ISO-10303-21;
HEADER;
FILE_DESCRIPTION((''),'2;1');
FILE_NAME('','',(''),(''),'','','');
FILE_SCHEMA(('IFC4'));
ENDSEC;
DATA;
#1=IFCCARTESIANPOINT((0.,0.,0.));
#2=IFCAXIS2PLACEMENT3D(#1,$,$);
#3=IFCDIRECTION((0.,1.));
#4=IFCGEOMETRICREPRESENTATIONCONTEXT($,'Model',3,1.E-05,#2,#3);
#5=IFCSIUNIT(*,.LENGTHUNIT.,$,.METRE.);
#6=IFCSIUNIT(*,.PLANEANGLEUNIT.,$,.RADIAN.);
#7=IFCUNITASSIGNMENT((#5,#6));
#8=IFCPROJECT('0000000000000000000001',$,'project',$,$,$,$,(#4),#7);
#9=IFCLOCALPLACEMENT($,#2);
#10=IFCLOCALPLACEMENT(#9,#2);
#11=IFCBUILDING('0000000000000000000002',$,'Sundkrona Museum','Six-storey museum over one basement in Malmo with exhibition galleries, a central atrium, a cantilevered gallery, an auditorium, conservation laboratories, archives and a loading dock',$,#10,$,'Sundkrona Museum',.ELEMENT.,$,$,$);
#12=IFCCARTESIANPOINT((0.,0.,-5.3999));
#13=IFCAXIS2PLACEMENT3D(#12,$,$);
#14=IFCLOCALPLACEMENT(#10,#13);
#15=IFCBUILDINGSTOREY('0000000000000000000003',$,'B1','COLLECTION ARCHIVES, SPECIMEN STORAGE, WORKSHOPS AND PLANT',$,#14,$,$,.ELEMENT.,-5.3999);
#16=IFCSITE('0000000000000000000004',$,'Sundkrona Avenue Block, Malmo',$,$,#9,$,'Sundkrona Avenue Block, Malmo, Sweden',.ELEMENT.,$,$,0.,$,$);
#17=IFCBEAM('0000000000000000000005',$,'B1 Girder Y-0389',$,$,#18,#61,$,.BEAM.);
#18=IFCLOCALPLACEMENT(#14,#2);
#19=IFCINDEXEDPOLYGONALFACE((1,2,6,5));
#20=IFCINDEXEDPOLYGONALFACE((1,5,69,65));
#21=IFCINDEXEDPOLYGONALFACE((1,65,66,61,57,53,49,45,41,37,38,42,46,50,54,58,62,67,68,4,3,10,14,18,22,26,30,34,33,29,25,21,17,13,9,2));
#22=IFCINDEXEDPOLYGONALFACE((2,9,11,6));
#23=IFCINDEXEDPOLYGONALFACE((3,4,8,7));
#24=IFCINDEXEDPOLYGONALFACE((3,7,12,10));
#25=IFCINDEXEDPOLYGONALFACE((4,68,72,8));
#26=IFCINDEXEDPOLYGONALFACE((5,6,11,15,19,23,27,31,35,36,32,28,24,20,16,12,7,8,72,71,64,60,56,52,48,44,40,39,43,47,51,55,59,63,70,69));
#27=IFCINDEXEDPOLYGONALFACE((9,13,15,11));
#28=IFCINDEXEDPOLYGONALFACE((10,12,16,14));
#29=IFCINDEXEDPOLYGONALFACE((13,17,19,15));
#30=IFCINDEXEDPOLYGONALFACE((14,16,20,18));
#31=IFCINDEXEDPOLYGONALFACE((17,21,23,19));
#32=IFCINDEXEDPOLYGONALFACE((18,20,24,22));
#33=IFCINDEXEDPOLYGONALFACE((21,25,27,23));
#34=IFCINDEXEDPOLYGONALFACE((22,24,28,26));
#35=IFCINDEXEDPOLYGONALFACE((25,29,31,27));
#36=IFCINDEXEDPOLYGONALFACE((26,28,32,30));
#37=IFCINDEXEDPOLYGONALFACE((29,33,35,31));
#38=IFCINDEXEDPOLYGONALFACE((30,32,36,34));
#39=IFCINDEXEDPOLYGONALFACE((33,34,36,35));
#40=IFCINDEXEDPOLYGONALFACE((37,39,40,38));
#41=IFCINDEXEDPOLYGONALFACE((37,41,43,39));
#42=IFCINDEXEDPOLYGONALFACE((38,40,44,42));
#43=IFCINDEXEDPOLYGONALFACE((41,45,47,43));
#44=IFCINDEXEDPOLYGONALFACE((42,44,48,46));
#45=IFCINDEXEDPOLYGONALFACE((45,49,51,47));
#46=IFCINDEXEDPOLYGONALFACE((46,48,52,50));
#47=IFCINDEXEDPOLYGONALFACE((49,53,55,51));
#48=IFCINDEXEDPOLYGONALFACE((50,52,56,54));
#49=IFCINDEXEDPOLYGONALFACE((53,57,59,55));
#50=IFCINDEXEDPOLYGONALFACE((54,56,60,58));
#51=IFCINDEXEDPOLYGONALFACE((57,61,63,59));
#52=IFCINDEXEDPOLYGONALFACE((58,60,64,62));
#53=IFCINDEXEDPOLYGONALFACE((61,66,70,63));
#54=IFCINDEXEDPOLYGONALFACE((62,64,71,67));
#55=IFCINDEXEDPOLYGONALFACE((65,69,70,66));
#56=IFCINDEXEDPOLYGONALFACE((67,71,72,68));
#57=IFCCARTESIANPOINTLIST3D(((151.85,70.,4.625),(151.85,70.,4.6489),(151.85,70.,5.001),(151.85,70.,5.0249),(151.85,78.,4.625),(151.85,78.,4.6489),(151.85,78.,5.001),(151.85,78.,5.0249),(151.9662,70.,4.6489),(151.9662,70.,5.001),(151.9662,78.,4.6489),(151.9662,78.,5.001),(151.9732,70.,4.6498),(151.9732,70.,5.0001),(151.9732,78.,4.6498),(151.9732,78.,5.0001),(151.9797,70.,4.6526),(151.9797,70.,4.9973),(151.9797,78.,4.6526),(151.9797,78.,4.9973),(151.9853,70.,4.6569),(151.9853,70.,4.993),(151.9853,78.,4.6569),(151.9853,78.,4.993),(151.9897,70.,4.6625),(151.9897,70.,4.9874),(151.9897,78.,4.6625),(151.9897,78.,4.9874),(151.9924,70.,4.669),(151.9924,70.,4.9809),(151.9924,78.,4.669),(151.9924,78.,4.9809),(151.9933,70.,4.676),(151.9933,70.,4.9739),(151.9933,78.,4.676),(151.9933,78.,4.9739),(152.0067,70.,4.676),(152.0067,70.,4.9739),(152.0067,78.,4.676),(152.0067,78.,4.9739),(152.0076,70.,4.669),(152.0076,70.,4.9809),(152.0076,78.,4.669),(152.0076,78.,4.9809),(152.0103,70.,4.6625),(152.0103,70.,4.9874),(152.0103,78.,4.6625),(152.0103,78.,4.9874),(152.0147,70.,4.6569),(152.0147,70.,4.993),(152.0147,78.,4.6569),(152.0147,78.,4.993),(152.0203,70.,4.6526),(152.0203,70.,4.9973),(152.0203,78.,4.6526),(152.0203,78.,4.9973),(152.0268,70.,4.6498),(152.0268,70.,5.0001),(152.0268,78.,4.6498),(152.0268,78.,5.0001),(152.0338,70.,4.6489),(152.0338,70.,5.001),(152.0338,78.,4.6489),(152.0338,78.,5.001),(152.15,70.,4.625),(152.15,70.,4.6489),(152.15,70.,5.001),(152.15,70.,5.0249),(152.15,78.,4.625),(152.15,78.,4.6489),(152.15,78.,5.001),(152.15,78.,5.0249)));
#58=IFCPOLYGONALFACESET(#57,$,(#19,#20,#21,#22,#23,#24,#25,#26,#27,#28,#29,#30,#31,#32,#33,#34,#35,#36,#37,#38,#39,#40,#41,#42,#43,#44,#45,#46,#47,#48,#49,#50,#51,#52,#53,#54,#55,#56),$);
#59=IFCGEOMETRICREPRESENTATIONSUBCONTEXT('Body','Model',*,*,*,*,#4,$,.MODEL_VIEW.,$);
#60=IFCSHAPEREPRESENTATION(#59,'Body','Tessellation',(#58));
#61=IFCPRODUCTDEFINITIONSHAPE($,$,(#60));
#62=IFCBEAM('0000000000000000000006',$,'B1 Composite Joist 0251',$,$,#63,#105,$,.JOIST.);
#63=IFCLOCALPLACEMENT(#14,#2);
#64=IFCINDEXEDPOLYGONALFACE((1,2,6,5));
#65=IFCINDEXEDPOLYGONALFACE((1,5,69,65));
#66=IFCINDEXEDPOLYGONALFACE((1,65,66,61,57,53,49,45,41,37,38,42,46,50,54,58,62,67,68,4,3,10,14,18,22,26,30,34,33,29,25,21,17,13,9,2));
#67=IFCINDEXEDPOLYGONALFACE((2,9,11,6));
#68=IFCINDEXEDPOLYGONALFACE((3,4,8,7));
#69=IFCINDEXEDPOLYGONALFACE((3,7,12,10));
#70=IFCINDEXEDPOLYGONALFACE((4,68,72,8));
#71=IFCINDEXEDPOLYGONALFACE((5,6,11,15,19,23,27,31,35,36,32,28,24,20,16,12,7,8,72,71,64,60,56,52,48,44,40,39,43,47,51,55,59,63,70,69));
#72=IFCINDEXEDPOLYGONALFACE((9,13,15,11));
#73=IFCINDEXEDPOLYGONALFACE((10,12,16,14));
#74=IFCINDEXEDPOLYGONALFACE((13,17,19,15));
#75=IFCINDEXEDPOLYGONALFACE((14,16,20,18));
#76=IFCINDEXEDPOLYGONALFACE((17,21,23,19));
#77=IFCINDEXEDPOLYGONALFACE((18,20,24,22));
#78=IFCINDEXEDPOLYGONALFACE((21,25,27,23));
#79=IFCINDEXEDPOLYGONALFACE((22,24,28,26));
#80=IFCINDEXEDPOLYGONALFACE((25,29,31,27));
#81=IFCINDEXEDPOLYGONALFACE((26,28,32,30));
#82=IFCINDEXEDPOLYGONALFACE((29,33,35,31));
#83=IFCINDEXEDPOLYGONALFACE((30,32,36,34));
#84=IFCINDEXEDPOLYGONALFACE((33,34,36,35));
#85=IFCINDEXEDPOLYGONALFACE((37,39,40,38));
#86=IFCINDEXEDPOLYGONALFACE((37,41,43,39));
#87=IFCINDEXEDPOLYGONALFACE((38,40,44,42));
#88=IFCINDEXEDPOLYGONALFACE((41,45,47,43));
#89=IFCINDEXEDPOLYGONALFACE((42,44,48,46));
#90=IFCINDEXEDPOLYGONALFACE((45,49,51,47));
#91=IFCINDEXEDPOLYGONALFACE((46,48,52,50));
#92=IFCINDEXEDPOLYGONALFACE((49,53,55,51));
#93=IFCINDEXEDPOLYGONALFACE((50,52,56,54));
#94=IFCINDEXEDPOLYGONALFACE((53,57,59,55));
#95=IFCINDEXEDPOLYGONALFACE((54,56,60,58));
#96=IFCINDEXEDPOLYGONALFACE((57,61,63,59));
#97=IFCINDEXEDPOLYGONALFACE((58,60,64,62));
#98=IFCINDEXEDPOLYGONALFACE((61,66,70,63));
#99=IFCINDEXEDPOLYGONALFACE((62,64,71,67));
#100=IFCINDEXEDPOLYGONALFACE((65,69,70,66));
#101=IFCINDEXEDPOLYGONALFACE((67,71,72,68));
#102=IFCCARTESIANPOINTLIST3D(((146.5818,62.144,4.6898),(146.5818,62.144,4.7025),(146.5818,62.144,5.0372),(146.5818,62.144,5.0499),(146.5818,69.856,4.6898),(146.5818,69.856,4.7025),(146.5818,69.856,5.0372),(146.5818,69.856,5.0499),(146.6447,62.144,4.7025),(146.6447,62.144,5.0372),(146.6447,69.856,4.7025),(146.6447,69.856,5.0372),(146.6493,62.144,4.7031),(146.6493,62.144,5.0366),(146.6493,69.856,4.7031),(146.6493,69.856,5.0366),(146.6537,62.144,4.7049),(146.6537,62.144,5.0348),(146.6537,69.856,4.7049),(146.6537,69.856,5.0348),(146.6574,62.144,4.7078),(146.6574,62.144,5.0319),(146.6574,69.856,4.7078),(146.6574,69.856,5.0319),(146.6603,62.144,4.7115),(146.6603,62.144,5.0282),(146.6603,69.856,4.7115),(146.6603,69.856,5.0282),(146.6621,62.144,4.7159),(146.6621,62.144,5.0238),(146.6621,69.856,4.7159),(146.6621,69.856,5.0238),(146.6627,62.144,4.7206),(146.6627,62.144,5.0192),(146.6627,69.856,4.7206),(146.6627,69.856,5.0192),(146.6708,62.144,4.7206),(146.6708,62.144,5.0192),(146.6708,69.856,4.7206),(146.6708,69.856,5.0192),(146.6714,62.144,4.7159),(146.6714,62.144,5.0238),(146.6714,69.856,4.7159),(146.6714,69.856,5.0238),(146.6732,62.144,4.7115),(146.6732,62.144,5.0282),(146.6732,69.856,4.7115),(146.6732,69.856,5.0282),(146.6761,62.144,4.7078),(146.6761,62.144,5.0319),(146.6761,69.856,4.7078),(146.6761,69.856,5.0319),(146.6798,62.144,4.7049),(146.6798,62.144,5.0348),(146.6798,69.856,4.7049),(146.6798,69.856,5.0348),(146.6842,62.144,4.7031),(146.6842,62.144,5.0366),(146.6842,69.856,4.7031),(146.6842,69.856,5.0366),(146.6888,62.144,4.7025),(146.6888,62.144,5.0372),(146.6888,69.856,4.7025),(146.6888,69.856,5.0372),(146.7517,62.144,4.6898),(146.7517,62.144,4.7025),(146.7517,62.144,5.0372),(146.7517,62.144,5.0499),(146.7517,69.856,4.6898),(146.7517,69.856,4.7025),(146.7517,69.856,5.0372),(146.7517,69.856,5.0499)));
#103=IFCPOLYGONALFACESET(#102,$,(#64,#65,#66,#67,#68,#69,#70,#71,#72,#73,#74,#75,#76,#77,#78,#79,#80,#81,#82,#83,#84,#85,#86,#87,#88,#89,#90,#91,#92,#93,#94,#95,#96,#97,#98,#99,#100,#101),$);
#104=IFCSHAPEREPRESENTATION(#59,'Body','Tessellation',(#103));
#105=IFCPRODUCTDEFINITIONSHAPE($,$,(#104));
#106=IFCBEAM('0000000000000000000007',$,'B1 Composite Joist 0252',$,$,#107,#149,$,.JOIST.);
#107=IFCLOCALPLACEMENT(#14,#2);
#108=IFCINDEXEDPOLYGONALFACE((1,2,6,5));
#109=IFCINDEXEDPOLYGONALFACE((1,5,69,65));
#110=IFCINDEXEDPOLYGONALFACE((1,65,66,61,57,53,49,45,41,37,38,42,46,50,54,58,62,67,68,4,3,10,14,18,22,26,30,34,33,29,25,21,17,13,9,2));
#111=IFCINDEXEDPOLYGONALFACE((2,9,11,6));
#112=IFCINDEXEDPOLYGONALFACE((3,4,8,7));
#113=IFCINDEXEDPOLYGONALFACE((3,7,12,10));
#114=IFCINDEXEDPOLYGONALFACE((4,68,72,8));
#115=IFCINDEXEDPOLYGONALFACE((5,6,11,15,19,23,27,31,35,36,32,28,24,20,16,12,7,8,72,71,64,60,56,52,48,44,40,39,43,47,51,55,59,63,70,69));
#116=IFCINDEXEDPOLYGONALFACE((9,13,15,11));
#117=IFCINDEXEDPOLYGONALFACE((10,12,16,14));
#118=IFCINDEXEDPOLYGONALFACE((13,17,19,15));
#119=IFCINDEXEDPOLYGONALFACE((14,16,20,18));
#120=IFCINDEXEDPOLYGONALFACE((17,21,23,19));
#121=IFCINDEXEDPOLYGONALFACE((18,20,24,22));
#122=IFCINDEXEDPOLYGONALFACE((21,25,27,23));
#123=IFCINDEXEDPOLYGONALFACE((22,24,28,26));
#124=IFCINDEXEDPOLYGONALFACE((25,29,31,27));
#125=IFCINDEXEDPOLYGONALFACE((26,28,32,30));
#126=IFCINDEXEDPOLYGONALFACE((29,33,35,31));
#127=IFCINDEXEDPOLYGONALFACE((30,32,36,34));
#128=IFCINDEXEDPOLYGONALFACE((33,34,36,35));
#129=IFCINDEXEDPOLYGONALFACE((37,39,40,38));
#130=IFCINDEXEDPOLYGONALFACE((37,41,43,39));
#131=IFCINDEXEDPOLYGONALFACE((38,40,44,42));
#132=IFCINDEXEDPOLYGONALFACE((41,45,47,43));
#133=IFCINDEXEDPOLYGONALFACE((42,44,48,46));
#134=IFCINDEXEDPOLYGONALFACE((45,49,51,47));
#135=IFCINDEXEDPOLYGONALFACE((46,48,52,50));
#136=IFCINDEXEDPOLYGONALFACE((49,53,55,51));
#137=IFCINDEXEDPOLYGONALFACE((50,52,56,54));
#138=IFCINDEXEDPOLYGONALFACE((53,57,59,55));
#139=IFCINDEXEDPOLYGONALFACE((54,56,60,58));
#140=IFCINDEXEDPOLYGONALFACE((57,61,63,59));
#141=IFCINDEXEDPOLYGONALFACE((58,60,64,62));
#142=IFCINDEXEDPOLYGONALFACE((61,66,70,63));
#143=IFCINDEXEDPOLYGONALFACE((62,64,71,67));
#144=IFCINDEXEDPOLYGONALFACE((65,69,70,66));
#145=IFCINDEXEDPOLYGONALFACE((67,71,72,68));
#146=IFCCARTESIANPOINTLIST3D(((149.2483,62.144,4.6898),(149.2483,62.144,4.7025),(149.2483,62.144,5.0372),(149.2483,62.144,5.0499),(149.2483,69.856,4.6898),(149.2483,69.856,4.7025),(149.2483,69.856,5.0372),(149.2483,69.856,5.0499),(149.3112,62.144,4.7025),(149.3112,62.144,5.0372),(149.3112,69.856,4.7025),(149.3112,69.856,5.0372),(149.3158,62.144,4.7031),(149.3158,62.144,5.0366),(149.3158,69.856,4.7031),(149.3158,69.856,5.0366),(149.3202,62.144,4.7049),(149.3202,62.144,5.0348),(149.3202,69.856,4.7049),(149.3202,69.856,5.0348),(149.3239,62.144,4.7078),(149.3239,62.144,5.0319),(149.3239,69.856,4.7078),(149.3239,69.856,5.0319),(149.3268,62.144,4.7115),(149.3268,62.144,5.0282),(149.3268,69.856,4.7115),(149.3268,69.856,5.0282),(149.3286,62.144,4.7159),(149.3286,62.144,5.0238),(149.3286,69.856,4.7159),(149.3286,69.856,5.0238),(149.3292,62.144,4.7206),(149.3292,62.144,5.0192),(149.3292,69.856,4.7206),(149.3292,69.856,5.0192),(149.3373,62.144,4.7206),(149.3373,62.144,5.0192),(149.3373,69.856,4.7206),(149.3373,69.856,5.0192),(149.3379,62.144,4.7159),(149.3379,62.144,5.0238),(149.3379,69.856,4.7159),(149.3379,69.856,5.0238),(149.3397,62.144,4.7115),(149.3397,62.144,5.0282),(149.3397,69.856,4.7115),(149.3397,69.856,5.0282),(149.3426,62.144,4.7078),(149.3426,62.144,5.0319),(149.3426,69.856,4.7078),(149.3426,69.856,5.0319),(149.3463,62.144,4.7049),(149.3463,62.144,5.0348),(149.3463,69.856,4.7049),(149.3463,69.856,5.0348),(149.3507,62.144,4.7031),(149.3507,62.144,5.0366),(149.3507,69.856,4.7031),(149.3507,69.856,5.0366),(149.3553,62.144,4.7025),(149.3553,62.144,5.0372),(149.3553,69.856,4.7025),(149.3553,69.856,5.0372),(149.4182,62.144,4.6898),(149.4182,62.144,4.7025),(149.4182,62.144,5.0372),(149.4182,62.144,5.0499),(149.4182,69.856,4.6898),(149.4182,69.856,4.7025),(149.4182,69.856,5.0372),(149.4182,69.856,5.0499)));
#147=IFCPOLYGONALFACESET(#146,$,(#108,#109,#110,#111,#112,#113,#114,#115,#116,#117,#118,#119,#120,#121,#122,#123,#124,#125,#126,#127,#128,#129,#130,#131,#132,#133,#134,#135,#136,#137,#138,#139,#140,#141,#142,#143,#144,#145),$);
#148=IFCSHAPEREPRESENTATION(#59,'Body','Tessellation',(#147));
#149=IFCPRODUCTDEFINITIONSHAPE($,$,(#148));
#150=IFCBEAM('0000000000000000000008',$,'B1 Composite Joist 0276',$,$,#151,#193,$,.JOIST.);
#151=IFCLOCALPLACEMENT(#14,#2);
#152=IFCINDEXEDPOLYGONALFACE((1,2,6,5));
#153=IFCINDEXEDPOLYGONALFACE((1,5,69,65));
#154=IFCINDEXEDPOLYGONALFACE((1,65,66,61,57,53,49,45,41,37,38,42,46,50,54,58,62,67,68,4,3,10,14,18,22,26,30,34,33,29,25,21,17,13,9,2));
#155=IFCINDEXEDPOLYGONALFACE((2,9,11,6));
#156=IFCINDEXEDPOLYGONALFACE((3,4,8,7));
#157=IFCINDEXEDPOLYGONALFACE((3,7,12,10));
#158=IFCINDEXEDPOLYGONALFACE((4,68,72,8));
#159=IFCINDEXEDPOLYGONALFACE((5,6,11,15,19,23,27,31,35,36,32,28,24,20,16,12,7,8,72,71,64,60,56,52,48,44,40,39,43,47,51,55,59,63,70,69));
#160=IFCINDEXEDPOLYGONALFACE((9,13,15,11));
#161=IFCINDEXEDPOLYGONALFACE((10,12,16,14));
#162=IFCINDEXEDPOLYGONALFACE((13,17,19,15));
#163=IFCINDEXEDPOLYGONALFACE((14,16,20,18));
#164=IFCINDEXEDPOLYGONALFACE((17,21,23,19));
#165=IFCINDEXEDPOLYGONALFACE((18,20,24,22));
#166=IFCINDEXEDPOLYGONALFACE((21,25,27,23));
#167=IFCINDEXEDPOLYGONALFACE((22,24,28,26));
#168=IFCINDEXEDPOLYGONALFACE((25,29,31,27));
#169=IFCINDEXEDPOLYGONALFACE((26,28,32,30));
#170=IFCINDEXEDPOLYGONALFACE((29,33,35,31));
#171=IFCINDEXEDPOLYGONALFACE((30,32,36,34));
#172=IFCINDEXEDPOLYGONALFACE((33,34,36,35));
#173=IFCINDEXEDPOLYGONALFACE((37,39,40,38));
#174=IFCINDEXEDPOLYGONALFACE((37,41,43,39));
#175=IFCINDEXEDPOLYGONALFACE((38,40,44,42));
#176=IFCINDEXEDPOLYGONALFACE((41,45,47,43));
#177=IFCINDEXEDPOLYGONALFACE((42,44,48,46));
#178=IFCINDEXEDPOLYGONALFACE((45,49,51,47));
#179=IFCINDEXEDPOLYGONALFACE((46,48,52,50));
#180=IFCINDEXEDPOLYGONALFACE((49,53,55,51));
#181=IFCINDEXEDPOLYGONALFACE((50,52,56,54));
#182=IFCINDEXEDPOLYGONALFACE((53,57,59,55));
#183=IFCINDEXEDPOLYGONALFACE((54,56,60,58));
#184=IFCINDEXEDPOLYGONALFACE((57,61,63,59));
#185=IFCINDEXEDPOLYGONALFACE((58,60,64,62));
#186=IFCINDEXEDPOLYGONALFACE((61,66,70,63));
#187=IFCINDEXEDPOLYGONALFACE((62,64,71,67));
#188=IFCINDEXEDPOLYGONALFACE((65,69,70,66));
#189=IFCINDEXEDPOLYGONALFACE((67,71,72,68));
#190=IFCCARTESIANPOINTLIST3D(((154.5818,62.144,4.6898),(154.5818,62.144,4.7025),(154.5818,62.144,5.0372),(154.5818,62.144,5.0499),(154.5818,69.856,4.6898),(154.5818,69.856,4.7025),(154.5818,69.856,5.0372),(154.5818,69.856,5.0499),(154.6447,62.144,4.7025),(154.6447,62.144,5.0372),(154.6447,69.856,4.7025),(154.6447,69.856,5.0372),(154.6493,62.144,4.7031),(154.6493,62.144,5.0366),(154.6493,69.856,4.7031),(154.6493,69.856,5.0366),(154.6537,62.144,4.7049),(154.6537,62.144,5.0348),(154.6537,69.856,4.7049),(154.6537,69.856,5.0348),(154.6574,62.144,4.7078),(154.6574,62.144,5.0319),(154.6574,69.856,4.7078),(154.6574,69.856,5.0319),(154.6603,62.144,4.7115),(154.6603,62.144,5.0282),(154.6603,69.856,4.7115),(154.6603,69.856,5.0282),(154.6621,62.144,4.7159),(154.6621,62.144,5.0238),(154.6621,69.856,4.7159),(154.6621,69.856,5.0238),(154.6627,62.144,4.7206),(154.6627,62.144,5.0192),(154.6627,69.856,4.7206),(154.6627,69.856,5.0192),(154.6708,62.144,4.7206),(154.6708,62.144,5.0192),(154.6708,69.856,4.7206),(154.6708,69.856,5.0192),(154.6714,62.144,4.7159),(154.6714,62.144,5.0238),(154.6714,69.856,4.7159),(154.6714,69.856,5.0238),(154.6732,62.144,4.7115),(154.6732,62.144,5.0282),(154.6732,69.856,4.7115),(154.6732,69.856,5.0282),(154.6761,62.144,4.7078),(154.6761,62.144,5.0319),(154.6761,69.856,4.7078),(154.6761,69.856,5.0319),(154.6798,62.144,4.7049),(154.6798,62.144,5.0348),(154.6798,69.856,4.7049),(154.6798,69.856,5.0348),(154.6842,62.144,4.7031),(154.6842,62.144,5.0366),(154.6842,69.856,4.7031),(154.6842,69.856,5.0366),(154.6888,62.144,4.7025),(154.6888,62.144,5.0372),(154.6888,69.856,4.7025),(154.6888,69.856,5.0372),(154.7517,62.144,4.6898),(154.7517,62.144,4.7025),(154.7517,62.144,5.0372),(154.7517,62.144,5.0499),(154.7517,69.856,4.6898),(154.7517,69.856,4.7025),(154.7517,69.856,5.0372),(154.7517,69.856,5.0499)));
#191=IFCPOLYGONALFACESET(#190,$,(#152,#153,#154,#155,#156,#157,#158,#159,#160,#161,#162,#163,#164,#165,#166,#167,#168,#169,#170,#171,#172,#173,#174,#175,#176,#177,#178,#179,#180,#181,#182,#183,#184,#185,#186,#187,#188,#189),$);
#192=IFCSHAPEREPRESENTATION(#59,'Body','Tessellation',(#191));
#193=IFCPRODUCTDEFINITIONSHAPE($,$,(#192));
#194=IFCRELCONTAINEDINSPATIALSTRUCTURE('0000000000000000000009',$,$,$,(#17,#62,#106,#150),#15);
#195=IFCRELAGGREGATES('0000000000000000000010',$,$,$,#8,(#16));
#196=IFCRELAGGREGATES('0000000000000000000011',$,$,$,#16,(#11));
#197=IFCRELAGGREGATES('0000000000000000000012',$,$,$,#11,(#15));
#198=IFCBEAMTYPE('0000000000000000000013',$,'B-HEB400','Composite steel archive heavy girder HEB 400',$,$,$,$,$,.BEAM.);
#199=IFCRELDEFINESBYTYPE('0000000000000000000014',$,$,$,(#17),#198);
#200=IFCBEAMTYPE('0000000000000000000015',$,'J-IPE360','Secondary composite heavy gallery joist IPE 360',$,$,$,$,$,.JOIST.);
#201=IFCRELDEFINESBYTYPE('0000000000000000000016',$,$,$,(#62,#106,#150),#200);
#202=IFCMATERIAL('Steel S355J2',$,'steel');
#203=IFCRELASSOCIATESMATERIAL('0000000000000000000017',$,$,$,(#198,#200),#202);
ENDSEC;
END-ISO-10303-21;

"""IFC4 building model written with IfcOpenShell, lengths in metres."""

from ifc_helpers import new_model, si_unit, direction, frame, origin, origin_2d, place, context, subcontext, project, spatial, i_section, extrude, material, material_profile, profile_set, type_object, element, save


model = new_model("IFC4")

# Units and contexts
model_context = context("Model", 3, precision=1e-05, world=origin(), true_north=direction((0.0, 1.0)))
body_context = subcontext(model_context, "Body", "Model", "MODEL_VIEW")
ifc_project = project(units=[si_unit("LENGTHUNIT", "METRE"), si_unit("PLANEANGLEUNIT", "RADIAN")], contexts=[model_context])

# Site, building, storey
site_placement = place(None, origin())
site = spatial("IfcSite", under=ifc_project, at=site_placement, Name="Sundkrona Avenue Block, Malmo", LongName="Sundkrona Avenue Block, Malmo, Sweden", CompositionType="ELEMENT", RefElevation=0.0)
building_placement = place(site_placement, origin())
building = spatial("IfcBuilding", under=site, at=building_placement, Name="Sundkrona Museum", Description="Six-storey museum over one basement in Malmo with exhibition galleries, a central atrium, a cantilevered gallery, an auditorium, conservation laboratories, archives and a loading dock", LongName="Sundkrona Museum", CompositionType="ELEMENT")
storey_placement = place(building_placement, frame((0.0, 0.0, -5.3999)))
storey = spatial("IfcBuildingStorey", under=building, at=storey_placement, Name="B1", Description="COLLECTION ARCHIVES, SPECIMEN STORAGE, WORKSHOPS AND PLANT", CompositionType="ELEMENT", Elevation=-5.3999)

# Beams
ifc_material_1 = material(Name="Steel S355J2", Category="steel")
ifc_material_profile_1 = material_profile(ifc_material_1, i_section(OverallWidth=0.3, OverallDepth=0.3999, WebThickness=0.0134, FlangeThickness=0.0239, FilletRadius=0.0271, at=origin_2d()), Name="HEB 400")
ifc_profile_set_1 = profile_set([ifc_material_profile_1], Name="Steel S355J2")
beam_type_1 = type_object("IfcBeamType", Name="B-HEB400", Description="Composite steel archive heavy girder HEB 400", PredefinedType="BEAM", material=ifc_profile_set_1)
for number, where, z_axis, x_axis, name in (
    (1, (152.0, 70.0, 4.825), (0.0, 1.0, 0.0), (-1.0, 0.0, 0.0), "B1 Girder Y-0389"),
):
    element("IfcBeam", number, at=place(storey_placement, frame(where, z_axis=z_axis, x_axis=x_axis)), inside=storey, type_object=beam_type_1, Name=name, PredefinedType="BEAM", context=body_context, shape_type="SweptSolid", body=[
        extrude(i_section(OverallWidth=0.3, OverallDepth=0.3999, WebThickness=0.0134, FlangeThickness=0.0239, FilletRadius=0.0271, at=origin_2d()), origin(), (0.0, 0.0, 1.0), 8.0),
    ])
ifc_material_profile_2 = material_profile(ifc_material_1, i_section(OverallWidth=0.1699, OverallDepth=0.3601, WebThickness=0.0081, FlangeThickness=0.0127, FilletRadius=0.0181, at=origin_2d()), Name="IPE 360")
ifc_profile_set_2 = profile_set([ifc_material_profile_2], Name="Steel S355J2")
beam_type_2 = type_object("IfcBeamType", Name="J-IPE360", Description="Secondary composite heavy gallery joist IPE 360", PredefinedType="JOIST", material=ifc_profile_set_2)
for number, where, z_axis, x_axis, name in (
    (2, (146.6667, 62.144, 4.8699), (0.0, 1.0, 0.0), (-1.0, 0.0, 0.0), "B1 Composite Joist 0251"),
    (3, (149.3333, 62.144, 4.8699), (0.0, 1.0, 0.0), (-1.0, 0.0, 0.0), "B1 Composite Joist 0252"),
    (4, (154.6667, 62.144, 4.8699), (0.0, 1.0, 0.0), (-1.0, 0.0, 0.0), "B1 Composite Joist 0276"),
):
    element("IfcBeam", number, at=place(storey_placement, frame(where, z_axis=z_axis, x_axis=x_axis)), inside=storey, type_object=beam_type_2, Name=name, PredefinedType="JOIST", context=body_context, shape_type="SweptSolid", body=[
        extrude(i_section(OverallWidth=0.1699, OverallDepth=0.3601, WebThickness=0.0081, FlangeThickness=0.0127, FilletRadius=0.0181, at=origin_2d()), origin(), (0.0, 0.0, 1.0), 7.7119),
    ])

save(model, "model.ifc")
